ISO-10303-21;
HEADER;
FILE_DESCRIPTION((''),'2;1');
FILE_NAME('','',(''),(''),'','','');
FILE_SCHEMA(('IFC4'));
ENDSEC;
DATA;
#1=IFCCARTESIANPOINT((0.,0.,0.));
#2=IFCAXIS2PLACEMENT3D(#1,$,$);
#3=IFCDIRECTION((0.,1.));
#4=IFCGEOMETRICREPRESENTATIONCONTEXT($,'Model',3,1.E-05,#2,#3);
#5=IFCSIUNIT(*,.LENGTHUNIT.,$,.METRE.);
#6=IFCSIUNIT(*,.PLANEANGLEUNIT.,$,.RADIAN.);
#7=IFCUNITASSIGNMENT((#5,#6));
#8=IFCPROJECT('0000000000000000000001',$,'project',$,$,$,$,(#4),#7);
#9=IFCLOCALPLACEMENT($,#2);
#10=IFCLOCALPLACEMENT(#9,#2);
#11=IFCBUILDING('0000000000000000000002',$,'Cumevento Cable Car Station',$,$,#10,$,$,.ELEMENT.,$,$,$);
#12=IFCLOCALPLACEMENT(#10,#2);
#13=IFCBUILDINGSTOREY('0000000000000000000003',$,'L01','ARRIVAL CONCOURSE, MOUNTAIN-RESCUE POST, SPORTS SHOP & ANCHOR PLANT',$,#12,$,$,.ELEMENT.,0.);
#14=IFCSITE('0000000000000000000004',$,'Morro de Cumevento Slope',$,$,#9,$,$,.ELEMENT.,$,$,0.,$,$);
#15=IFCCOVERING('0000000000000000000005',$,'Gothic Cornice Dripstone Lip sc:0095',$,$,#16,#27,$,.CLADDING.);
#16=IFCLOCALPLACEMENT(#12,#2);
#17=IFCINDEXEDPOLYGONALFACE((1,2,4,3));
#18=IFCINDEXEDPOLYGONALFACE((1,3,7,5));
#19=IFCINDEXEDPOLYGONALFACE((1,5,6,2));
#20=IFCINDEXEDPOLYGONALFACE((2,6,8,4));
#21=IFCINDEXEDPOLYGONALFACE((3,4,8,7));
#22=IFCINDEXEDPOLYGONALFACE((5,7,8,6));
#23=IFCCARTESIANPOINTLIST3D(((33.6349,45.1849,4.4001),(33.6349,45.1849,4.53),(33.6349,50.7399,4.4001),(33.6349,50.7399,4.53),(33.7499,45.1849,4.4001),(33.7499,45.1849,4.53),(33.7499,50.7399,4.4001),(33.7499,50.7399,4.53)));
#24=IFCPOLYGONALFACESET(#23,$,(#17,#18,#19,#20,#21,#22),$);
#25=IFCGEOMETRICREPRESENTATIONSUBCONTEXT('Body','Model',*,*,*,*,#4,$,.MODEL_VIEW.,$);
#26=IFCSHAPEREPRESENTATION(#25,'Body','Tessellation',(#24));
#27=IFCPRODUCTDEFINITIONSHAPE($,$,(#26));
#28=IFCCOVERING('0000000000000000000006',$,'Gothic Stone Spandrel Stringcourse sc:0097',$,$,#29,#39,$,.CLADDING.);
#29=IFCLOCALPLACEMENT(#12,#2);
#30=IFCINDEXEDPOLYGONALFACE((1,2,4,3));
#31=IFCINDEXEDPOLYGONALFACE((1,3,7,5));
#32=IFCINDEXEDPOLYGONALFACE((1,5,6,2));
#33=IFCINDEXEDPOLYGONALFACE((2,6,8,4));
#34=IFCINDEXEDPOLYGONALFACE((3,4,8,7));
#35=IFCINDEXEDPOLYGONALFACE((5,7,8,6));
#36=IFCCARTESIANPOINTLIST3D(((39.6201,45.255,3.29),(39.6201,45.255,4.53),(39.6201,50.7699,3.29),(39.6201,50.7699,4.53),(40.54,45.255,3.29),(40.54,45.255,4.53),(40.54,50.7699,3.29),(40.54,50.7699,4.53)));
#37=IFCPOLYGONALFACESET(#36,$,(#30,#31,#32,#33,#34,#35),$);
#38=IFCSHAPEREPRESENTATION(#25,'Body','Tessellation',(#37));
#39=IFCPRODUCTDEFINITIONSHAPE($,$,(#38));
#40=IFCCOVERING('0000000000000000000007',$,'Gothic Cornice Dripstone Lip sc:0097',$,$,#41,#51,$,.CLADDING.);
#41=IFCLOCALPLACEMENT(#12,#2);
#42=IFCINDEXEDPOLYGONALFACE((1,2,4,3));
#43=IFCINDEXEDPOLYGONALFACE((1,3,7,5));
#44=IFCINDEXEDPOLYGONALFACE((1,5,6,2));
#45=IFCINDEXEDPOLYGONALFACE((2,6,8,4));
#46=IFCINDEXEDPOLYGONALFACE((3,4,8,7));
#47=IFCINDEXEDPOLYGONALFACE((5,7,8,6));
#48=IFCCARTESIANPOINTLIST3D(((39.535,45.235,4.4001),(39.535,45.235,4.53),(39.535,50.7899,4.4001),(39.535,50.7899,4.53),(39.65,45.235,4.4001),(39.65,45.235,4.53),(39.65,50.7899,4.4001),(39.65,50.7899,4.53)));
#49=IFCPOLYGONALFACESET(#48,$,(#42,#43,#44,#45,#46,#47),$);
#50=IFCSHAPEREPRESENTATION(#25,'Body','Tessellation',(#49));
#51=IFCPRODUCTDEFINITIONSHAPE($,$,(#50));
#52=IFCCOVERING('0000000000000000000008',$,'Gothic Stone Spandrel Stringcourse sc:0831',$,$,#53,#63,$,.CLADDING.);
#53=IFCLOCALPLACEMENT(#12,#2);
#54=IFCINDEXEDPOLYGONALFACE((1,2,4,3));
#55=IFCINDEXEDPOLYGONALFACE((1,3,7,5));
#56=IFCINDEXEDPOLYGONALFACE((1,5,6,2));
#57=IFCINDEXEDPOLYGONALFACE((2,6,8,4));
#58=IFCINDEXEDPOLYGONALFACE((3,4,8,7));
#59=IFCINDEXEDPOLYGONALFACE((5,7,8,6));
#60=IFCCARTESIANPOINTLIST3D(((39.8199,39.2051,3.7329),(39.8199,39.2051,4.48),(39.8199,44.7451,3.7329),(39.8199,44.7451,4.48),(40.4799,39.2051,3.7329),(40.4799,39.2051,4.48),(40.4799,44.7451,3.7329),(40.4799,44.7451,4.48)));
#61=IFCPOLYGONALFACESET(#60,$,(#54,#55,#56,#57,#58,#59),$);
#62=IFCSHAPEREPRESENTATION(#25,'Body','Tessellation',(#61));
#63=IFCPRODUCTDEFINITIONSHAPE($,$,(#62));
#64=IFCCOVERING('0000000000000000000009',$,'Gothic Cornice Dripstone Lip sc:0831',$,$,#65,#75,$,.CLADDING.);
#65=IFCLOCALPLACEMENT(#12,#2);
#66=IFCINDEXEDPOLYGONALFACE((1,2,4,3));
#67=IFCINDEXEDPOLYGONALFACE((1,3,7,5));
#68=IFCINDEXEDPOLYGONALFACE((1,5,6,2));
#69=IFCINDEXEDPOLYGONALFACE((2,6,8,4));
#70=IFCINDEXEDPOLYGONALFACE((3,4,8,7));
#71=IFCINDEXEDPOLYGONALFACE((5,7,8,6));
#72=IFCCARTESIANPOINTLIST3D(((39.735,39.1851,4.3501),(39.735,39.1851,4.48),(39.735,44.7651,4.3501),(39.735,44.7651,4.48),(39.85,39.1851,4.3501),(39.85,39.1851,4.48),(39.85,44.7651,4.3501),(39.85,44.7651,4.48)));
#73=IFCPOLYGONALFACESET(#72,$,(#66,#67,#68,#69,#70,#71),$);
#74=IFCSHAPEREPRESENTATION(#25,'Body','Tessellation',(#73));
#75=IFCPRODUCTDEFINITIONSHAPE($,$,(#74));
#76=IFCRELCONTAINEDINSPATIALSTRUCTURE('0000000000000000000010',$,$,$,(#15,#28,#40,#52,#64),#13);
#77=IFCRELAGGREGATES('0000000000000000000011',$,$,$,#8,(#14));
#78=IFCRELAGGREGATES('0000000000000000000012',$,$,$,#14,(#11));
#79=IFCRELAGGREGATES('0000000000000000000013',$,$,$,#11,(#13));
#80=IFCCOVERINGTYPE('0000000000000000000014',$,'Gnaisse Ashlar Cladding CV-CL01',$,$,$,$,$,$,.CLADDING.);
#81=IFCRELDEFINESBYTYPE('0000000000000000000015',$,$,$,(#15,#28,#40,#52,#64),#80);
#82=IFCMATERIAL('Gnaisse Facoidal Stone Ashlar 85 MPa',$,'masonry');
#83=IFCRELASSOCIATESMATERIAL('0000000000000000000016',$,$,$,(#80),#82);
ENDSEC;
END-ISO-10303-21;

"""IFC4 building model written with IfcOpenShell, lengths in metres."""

from ifc_helpers import new_model, si_unit, direction, frame, origin, origin_2d, place, context, subcontext, project, spatial, rectangle, extrude, material, type_object, element, save


model = new_model("IFC4")

# Units and contexts
model_context = context("Model", 3, precision=1e-05, world=origin(), true_north=direction((0.0, 1.0)))
body_context = subcontext(model_context, "Body", "Model", "MODEL_VIEW")
ifc_project = project(units=[si_unit("LENGTHUNIT", "METRE"), si_unit("PLANEANGLEUNIT", "RADIAN")], contexts=[model_context])

# Site, building, storey
site_placement = place(None, origin())
site = spatial("IfcSite", under=ifc_project, at=site_placement, Name="Morro de Cumevento Slope", CompositionType="ELEMENT", RefElevation=0.0)
building_placement = place(site_placement, origin())
building = spatial("IfcBuilding", under=site, at=building_placement, Name="Cumevento Cable Car Station", CompositionType="ELEMENT")
storey_placement = place(building_placement, origin())
storey = spatial("IfcBuildingStorey", under=building, at=storey_placement, Name="L01", Description="ARRIVAL CONCOURSE, MOUNTAIN-RESCUE POST, SPORTS SHOP & ANCHOR PLANT", CompositionType="ELEMENT", Elevation=0.0)

# Coverings
ifc_material_1 = material(Name="Gnaisse Facoidal Stone Ashlar 85 MPa", Category="masonry")
covering_type = type_object("IfcCoveringType", Name="Gnaisse Ashlar Cladding CV-CL01", PredefinedType="CLADDING", material=ifc_material_1)
covering_1_placement = place(storey_placement, frame((33.6924, 47.9624, 4.4001), z_axis=(0.0, 0.0, 1.0), x_axis=(0.0, 1.0, 0.0)))
element("IfcCovering", 1, at=covering_1_placement, inside=storey, type_object=covering_type, Name="Gothic Cornice Dripstone Lip sc:0095", PredefinedType="CLADDING", context=body_context, shape_type="SweptSolid", body=[
    extrude(rectangle(XDim=5.5549, YDim=0.115, at=origin_2d()), origin(), (0.0, 0.0, 1.0), 0.1299),
])
covering_2_placement = place(storey_placement, frame((40.0801, 48.0125, 3.29), z_axis=(0.0, 0.0, 1.0), x_axis=(0.0, 1.0, 0.0)))
element("IfcCovering", 2, at=covering_2_placement, inside=storey, type_object=covering_type, Name="Gothic Stone Spandrel Stringcourse sc:0097", PredefinedType="CLADDING", context=body_context, shape_type="SweptSolid", body=[
    extrude(rectangle(XDim=5.5149, YDim=0.9199, at=origin_2d()), origin(), (0.0, 0.0, 1.0), 1.24),
])
covering_3_placement = place(storey_placement, frame((39.5925, 48.0125, 4.4001), z_axis=(0.0, 0.0, 1.0), x_axis=(0.0, 1.0, 0.0)))
element("IfcCovering", 3, at=covering_3_placement, inside=storey, type_object=covering_type, Name="Gothic Cornice Dripstone Lip sc:0097", PredefinedType="CLADDING", context=body_context, shape_type="SweptSolid", body=[
    extrude(rectangle(XDim=5.5549, YDim=0.115, at=origin_2d()), origin(), (0.0, 0.0, 1.0), 0.1299),
])
covering_4_placement = place(storey_placement, frame((40.1499, 41.9751, 3.7329), z_axis=(0.0, 0.0, 1.0), x_axis=(0.0, 1.0, 0.0)))
element("IfcCovering", 4, at=covering_4_placement, inside=storey, type_object=covering_type, Name="Gothic Stone Spandrel Stringcourse sc:0831", PredefinedType="CLADDING", context=body_context, shape_type="SweptSolid", body=[
    extrude(rectangle(XDim=5.54, YDim=0.6599, at=origin_2d()), origin(), (0.0, 0.0, 1.0), 0.7471),
])
covering_5_placement = place(storey_placement, frame((39.7925, 41.9751, 4.3501), z_axis=(0.0, 0.0, 1.0), x_axis=(0.0, 1.0, 0.0)))
element("IfcCovering", 5, at=covering_5_placement, inside=storey, type_object=covering_type, Name="Gothic Cornice Dripstone Lip sc:0831", PredefinedType="CLADDING", context=body_context, shape_type="SweptSolid", body=[
    extrude(rectangle(XDim=5.5801, YDim=0.115, at=origin_2d()), origin(), (0.0, 0.0, 1.0), 0.1299),
])

save(model, "model.ifc")
